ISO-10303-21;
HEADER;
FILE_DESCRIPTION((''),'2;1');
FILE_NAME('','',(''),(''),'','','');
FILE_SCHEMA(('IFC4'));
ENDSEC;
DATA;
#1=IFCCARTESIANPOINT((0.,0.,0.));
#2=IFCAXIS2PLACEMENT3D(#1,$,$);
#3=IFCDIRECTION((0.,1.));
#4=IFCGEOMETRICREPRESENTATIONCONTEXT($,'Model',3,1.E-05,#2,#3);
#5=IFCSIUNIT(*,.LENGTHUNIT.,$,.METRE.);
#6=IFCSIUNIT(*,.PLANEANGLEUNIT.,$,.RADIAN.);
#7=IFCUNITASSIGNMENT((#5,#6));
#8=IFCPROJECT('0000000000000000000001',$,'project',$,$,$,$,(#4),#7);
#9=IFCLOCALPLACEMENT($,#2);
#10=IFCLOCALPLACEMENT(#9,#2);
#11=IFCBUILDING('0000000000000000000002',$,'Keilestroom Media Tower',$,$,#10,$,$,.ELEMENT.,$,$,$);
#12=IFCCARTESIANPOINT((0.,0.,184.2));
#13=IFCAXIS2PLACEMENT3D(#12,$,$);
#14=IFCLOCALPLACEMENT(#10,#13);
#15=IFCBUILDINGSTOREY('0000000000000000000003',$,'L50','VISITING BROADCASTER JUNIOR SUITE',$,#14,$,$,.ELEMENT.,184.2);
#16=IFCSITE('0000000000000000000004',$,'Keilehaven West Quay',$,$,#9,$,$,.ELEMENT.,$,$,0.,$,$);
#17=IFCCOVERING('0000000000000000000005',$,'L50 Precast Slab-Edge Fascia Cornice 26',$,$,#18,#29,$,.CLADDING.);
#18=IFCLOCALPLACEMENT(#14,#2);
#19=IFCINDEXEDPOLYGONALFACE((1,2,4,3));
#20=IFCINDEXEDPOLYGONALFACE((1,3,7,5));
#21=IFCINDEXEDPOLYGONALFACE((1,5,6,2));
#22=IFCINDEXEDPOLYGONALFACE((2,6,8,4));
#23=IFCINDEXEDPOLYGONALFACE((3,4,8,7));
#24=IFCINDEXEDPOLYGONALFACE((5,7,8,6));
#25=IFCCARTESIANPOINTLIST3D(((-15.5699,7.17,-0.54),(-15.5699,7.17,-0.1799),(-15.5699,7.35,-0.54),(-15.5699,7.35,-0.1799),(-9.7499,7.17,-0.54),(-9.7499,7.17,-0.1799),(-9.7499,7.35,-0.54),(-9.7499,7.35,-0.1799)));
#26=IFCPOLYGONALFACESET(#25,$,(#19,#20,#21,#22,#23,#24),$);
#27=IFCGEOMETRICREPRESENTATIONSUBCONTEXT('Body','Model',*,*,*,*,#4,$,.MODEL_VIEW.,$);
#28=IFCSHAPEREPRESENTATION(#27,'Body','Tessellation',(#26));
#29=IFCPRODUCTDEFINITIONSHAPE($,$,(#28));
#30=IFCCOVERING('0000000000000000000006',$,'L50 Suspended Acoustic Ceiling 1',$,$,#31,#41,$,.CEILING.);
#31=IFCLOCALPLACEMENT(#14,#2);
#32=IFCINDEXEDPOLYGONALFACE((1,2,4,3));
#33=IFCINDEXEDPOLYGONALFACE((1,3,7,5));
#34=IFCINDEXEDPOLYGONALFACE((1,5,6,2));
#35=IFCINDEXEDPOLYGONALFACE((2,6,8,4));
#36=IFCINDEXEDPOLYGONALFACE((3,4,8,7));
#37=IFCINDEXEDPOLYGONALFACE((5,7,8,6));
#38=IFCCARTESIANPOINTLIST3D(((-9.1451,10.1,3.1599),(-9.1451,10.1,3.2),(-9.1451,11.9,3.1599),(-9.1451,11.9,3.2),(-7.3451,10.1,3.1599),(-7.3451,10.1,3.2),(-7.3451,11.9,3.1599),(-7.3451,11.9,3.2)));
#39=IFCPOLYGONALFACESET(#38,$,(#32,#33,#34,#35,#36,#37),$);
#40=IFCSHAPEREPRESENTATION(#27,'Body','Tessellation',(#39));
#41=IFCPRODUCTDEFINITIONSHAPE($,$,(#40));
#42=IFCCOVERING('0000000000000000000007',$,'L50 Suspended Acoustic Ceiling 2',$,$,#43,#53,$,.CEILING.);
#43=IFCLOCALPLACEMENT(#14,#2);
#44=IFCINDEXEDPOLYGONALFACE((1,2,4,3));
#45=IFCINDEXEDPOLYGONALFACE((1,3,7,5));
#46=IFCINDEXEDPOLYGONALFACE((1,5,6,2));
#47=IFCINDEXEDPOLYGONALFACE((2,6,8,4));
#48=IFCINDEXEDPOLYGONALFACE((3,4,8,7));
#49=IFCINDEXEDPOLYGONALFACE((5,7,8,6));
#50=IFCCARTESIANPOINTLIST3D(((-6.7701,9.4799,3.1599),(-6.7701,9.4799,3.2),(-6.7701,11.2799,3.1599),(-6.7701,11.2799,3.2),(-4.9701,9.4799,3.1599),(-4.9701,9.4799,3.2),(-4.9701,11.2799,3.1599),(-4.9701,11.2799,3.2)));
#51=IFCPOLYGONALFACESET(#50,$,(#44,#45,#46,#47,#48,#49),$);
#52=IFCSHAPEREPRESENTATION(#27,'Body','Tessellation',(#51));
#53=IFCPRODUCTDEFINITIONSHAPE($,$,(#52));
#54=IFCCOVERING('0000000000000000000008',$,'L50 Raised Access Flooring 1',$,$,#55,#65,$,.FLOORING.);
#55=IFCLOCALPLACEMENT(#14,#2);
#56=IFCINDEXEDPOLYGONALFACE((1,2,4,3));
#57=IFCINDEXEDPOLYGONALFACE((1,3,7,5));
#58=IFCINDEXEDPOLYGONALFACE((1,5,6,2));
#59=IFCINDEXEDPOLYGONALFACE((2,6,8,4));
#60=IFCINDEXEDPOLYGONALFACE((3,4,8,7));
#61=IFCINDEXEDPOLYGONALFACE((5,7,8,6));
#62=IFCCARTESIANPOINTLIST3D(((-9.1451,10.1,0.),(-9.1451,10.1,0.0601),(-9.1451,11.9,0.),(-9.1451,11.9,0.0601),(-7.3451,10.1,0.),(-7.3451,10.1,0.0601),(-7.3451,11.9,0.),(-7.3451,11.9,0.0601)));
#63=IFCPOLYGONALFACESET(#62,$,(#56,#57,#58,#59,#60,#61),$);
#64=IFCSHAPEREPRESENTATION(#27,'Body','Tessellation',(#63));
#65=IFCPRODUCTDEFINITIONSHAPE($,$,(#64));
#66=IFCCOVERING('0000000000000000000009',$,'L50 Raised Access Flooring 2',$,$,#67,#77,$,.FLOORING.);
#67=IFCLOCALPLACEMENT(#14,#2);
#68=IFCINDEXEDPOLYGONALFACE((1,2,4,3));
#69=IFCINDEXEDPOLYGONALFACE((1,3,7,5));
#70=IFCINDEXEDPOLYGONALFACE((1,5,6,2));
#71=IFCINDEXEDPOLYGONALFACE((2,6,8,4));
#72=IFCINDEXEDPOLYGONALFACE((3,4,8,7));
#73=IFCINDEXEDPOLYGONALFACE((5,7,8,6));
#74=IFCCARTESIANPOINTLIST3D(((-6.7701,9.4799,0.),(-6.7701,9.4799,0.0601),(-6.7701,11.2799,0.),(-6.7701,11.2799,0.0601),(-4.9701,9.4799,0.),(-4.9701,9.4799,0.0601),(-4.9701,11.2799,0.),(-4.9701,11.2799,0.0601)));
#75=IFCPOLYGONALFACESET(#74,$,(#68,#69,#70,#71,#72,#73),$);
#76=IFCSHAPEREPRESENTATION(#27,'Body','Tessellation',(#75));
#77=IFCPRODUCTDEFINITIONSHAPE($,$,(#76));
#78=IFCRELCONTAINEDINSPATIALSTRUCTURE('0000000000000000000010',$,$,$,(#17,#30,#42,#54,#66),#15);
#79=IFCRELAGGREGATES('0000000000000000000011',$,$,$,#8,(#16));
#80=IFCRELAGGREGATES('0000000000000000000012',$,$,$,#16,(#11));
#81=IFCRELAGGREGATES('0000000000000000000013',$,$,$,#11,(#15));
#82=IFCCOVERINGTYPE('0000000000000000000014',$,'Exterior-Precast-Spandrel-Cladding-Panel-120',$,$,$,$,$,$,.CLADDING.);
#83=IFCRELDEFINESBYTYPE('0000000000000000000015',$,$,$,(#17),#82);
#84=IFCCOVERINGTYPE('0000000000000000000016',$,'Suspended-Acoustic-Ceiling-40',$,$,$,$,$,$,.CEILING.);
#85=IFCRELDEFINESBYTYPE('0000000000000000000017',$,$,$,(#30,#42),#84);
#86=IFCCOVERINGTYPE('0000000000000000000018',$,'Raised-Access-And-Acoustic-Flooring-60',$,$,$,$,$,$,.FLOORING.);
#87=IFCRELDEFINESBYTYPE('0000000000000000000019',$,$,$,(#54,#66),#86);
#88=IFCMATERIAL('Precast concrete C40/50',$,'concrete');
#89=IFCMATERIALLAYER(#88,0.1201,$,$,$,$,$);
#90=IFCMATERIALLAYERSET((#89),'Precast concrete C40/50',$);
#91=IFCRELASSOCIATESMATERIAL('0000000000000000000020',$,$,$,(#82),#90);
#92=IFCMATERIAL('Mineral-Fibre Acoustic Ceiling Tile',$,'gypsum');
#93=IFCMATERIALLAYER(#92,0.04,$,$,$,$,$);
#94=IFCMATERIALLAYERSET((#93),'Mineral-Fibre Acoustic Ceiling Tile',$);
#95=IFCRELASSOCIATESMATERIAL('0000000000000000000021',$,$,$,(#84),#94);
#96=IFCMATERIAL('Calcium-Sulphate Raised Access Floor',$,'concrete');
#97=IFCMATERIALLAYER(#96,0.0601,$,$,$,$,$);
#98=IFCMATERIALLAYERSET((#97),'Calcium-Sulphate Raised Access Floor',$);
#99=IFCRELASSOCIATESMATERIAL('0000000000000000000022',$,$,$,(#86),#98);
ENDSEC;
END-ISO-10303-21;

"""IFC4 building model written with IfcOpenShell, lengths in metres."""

from ifc_helpers import new_model, si_unit, direction, frame, origin, origin_2d, place, context, subcontext, project, spatial, rectangle, extrude, source, transform, mapped, material, layer, layer_set, type_object, element, save


model = new_model("IFC4")

# Units and contexts
model_context = context("Model", 3, precision=1e-05, world=origin(), true_north=direction((0.0, 1.0)))
body_context = subcontext(model_context, "Body", "Model", "MODEL_VIEW")
ifc_project = project(units=[si_unit("LENGTHUNIT", "METRE"), si_unit("PLANEANGLEUNIT", "RADIAN")], contexts=[model_context])

# Site, building, storey
site_placement = place(None, origin())
site = spatial("IfcSite", under=ifc_project, at=site_placement, Name="Keilehaven West Quay", CompositionType="ELEMENT", RefElevation=0.0)
building_placement = place(site_placement, origin())
building = spatial("IfcBuilding", under=site, at=building_placement, Name="Keilestroom Media Tower", CompositionType="ELEMENT")
storey_placement = place(building_placement, frame((0.0, 0.0, 184.2)))
storey = spatial("IfcBuildingStorey", under=building, at=storey_placement, Name="L50", Description="VISITING BROADCASTER JUNIOR SUITE", CompositionType="ELEMENT", Elevation=184.2)

# Shared definitions
ifc_material_1 = material(Name="Precast concrete C40/50", Category="concrete")

# Coverings
ifc_layer_1 = layer(ifc_material_1, 0.1201)
ifc_layer_set_1 = layer_set([ifc_layer_1], Name="Precast concrete C40/50")
covering_type_1 = type_object("IfcCoveringType", Name="Exterior-Precast-Spandrel-Cladding-Panel-120", PredefinedType="CLADDING", material=ifc_layer_set_1)
shared_shape_1 = source(origin(), body_context, "Body", "SweptSolid", [
    extrude(rectangle(XDim=5.8201, YDim=0.1799, at=origin_2d()), origin(), (0.0, 0.0, 1.0), 0.3601),
])
covering_placement = place(storey_placement, frame((-12.6599, 7.26, -0.54), z_axis=(0.0, 0.0, 1.0), x_axis=(1.0, 0.0, 0.0)))
element("IfcCovering", 1, at=covering_placement, inside=storey, type_object=covering_type_1, Name="L50 Precast Slab-Edge Fascia Cornice 26", PredefinedType="CLADDING", context=body_context, shape_type="MappedRepresentation", body=[
    mapped(shared_shape_1, transform((0.0, 0.0, 0.0), x_axis=(1.0, 0.0, 0.0), y_axis=(0.0, 1.0, 0.0), z_axis=(0.0, 0.0, 1.0), scale=1.0)),
])
ifc_material_2 = material(Name="Mineral-Fibre Acoustic Ceiling Tile", Category="gypsum")
ifc_layer_2 = layer(ifc_material_2, 0.04)
ifc_layer_set_2 = layer_set([ifc_layer_2], Name="Mineral-Fibre Acoustic Ceiling Tile")
covering_type_2 = type_object("IfcCoveringType", Name="Suspended-Acoustic-Ceiling-40", PredefinedType="CEILING", material=ifc_layer_set_2)
shared_shape_2 = source(origin(), body_context, "Body", "SweptSolid", [
    extrude(rectangle(XDim=1.8, YDim=1.8, at=origin_2d()), origin(), (0.0, 0.0, 1.0), 0.04),
])
for number, where, z_axis, x_axis, name in (
    (2, (-8.2451, 11.0, 3.1599), (0.0, 0.0, 1.0), (1.0, 0.0, 0.0), "L50 Suspended Acoustic Ceiling 1"),
    (3, (-5.8701, 10.3799, 3.1599), (0.0, 0.0, 1.0), (1.0, 0.0, 0.0), "L50 Suspended Acoustic Ceiling 2"),
):
    element("IfcCovering", number, at=place(storey_placement, frame(where, z_axis=z_axis, x_axis=x_axis)), inside=storey, type_object=covering_type_2, Name=name, PredefinedType="CEILING", context=body_context, shape_type="MappedRepresentation", body=[
        mapped(shared_shape_2, transform((0.0, 0.0, 0.0), x_axis=(1.0, 0.0, 0.0), y_axis=(0.0, 1.0, 0.0), z_axis=(0.0, 0.0, 1.0), scale=1.0)),
    ])
ifc_material_3 = material(Name="Calcium-Sulphate Raised Access Floor", Category="concrete")
ifc_layer_3 = layer(ifc_material_3, 0.0601)
ifc_layer_set_3 = layer_set([ifc_layer_3], Name="Calcium-Sulphate Raised Access Floor")
covering_type_3 = type_object("IfcCoveringType", Name="Raised-Access-And-Acoustic-Flooring-60", PredefinedType="FLOORING", material=ifc_layer_set_3)
shared_shape_3 = source(origin(), body_context, "Body", "SweptSolid", [
    extrude(rectangle(XDim=1.8, YDim=1.8, at=origin_2d()), origin(), (0.0, 0.0, 1.0), 0.0601),
])
for number, where, z_axis, x_axis, name in (
    (4, (-8.2451, 11.0, 0.0), (0.0, 0.0, 1.0), (1.0, 0.0, 0.0), "L50 Raised Access Flooring 1"),
    (5, (-5.8701, 10.3799, 0.0), (0.0, 0.0, 1.0), (1.0, 0.0, 0.0), "L50 Raised Access Flooring 2"),
):
    element("IfcCovering", number, at=place(storey_placement, frame(where, z_axis=z_axis, x_axis=x_axis)), inside=storey, type_object=covering_type_3, Name=name, PredefinedType="FLOORING", context=body_context, shape_type="MappedRepresentation", body=[
        mapped(shared_shape_3, transform((0.0, 0.0, 0.0), x_axis=(1.0, 0.0, 0.0), y_axis=(0.0, 1.0, 0.0), z_axis=(0.0, 0.0, 1.0), scale=1.0)),
    ])

save(model, "model.ifc")
